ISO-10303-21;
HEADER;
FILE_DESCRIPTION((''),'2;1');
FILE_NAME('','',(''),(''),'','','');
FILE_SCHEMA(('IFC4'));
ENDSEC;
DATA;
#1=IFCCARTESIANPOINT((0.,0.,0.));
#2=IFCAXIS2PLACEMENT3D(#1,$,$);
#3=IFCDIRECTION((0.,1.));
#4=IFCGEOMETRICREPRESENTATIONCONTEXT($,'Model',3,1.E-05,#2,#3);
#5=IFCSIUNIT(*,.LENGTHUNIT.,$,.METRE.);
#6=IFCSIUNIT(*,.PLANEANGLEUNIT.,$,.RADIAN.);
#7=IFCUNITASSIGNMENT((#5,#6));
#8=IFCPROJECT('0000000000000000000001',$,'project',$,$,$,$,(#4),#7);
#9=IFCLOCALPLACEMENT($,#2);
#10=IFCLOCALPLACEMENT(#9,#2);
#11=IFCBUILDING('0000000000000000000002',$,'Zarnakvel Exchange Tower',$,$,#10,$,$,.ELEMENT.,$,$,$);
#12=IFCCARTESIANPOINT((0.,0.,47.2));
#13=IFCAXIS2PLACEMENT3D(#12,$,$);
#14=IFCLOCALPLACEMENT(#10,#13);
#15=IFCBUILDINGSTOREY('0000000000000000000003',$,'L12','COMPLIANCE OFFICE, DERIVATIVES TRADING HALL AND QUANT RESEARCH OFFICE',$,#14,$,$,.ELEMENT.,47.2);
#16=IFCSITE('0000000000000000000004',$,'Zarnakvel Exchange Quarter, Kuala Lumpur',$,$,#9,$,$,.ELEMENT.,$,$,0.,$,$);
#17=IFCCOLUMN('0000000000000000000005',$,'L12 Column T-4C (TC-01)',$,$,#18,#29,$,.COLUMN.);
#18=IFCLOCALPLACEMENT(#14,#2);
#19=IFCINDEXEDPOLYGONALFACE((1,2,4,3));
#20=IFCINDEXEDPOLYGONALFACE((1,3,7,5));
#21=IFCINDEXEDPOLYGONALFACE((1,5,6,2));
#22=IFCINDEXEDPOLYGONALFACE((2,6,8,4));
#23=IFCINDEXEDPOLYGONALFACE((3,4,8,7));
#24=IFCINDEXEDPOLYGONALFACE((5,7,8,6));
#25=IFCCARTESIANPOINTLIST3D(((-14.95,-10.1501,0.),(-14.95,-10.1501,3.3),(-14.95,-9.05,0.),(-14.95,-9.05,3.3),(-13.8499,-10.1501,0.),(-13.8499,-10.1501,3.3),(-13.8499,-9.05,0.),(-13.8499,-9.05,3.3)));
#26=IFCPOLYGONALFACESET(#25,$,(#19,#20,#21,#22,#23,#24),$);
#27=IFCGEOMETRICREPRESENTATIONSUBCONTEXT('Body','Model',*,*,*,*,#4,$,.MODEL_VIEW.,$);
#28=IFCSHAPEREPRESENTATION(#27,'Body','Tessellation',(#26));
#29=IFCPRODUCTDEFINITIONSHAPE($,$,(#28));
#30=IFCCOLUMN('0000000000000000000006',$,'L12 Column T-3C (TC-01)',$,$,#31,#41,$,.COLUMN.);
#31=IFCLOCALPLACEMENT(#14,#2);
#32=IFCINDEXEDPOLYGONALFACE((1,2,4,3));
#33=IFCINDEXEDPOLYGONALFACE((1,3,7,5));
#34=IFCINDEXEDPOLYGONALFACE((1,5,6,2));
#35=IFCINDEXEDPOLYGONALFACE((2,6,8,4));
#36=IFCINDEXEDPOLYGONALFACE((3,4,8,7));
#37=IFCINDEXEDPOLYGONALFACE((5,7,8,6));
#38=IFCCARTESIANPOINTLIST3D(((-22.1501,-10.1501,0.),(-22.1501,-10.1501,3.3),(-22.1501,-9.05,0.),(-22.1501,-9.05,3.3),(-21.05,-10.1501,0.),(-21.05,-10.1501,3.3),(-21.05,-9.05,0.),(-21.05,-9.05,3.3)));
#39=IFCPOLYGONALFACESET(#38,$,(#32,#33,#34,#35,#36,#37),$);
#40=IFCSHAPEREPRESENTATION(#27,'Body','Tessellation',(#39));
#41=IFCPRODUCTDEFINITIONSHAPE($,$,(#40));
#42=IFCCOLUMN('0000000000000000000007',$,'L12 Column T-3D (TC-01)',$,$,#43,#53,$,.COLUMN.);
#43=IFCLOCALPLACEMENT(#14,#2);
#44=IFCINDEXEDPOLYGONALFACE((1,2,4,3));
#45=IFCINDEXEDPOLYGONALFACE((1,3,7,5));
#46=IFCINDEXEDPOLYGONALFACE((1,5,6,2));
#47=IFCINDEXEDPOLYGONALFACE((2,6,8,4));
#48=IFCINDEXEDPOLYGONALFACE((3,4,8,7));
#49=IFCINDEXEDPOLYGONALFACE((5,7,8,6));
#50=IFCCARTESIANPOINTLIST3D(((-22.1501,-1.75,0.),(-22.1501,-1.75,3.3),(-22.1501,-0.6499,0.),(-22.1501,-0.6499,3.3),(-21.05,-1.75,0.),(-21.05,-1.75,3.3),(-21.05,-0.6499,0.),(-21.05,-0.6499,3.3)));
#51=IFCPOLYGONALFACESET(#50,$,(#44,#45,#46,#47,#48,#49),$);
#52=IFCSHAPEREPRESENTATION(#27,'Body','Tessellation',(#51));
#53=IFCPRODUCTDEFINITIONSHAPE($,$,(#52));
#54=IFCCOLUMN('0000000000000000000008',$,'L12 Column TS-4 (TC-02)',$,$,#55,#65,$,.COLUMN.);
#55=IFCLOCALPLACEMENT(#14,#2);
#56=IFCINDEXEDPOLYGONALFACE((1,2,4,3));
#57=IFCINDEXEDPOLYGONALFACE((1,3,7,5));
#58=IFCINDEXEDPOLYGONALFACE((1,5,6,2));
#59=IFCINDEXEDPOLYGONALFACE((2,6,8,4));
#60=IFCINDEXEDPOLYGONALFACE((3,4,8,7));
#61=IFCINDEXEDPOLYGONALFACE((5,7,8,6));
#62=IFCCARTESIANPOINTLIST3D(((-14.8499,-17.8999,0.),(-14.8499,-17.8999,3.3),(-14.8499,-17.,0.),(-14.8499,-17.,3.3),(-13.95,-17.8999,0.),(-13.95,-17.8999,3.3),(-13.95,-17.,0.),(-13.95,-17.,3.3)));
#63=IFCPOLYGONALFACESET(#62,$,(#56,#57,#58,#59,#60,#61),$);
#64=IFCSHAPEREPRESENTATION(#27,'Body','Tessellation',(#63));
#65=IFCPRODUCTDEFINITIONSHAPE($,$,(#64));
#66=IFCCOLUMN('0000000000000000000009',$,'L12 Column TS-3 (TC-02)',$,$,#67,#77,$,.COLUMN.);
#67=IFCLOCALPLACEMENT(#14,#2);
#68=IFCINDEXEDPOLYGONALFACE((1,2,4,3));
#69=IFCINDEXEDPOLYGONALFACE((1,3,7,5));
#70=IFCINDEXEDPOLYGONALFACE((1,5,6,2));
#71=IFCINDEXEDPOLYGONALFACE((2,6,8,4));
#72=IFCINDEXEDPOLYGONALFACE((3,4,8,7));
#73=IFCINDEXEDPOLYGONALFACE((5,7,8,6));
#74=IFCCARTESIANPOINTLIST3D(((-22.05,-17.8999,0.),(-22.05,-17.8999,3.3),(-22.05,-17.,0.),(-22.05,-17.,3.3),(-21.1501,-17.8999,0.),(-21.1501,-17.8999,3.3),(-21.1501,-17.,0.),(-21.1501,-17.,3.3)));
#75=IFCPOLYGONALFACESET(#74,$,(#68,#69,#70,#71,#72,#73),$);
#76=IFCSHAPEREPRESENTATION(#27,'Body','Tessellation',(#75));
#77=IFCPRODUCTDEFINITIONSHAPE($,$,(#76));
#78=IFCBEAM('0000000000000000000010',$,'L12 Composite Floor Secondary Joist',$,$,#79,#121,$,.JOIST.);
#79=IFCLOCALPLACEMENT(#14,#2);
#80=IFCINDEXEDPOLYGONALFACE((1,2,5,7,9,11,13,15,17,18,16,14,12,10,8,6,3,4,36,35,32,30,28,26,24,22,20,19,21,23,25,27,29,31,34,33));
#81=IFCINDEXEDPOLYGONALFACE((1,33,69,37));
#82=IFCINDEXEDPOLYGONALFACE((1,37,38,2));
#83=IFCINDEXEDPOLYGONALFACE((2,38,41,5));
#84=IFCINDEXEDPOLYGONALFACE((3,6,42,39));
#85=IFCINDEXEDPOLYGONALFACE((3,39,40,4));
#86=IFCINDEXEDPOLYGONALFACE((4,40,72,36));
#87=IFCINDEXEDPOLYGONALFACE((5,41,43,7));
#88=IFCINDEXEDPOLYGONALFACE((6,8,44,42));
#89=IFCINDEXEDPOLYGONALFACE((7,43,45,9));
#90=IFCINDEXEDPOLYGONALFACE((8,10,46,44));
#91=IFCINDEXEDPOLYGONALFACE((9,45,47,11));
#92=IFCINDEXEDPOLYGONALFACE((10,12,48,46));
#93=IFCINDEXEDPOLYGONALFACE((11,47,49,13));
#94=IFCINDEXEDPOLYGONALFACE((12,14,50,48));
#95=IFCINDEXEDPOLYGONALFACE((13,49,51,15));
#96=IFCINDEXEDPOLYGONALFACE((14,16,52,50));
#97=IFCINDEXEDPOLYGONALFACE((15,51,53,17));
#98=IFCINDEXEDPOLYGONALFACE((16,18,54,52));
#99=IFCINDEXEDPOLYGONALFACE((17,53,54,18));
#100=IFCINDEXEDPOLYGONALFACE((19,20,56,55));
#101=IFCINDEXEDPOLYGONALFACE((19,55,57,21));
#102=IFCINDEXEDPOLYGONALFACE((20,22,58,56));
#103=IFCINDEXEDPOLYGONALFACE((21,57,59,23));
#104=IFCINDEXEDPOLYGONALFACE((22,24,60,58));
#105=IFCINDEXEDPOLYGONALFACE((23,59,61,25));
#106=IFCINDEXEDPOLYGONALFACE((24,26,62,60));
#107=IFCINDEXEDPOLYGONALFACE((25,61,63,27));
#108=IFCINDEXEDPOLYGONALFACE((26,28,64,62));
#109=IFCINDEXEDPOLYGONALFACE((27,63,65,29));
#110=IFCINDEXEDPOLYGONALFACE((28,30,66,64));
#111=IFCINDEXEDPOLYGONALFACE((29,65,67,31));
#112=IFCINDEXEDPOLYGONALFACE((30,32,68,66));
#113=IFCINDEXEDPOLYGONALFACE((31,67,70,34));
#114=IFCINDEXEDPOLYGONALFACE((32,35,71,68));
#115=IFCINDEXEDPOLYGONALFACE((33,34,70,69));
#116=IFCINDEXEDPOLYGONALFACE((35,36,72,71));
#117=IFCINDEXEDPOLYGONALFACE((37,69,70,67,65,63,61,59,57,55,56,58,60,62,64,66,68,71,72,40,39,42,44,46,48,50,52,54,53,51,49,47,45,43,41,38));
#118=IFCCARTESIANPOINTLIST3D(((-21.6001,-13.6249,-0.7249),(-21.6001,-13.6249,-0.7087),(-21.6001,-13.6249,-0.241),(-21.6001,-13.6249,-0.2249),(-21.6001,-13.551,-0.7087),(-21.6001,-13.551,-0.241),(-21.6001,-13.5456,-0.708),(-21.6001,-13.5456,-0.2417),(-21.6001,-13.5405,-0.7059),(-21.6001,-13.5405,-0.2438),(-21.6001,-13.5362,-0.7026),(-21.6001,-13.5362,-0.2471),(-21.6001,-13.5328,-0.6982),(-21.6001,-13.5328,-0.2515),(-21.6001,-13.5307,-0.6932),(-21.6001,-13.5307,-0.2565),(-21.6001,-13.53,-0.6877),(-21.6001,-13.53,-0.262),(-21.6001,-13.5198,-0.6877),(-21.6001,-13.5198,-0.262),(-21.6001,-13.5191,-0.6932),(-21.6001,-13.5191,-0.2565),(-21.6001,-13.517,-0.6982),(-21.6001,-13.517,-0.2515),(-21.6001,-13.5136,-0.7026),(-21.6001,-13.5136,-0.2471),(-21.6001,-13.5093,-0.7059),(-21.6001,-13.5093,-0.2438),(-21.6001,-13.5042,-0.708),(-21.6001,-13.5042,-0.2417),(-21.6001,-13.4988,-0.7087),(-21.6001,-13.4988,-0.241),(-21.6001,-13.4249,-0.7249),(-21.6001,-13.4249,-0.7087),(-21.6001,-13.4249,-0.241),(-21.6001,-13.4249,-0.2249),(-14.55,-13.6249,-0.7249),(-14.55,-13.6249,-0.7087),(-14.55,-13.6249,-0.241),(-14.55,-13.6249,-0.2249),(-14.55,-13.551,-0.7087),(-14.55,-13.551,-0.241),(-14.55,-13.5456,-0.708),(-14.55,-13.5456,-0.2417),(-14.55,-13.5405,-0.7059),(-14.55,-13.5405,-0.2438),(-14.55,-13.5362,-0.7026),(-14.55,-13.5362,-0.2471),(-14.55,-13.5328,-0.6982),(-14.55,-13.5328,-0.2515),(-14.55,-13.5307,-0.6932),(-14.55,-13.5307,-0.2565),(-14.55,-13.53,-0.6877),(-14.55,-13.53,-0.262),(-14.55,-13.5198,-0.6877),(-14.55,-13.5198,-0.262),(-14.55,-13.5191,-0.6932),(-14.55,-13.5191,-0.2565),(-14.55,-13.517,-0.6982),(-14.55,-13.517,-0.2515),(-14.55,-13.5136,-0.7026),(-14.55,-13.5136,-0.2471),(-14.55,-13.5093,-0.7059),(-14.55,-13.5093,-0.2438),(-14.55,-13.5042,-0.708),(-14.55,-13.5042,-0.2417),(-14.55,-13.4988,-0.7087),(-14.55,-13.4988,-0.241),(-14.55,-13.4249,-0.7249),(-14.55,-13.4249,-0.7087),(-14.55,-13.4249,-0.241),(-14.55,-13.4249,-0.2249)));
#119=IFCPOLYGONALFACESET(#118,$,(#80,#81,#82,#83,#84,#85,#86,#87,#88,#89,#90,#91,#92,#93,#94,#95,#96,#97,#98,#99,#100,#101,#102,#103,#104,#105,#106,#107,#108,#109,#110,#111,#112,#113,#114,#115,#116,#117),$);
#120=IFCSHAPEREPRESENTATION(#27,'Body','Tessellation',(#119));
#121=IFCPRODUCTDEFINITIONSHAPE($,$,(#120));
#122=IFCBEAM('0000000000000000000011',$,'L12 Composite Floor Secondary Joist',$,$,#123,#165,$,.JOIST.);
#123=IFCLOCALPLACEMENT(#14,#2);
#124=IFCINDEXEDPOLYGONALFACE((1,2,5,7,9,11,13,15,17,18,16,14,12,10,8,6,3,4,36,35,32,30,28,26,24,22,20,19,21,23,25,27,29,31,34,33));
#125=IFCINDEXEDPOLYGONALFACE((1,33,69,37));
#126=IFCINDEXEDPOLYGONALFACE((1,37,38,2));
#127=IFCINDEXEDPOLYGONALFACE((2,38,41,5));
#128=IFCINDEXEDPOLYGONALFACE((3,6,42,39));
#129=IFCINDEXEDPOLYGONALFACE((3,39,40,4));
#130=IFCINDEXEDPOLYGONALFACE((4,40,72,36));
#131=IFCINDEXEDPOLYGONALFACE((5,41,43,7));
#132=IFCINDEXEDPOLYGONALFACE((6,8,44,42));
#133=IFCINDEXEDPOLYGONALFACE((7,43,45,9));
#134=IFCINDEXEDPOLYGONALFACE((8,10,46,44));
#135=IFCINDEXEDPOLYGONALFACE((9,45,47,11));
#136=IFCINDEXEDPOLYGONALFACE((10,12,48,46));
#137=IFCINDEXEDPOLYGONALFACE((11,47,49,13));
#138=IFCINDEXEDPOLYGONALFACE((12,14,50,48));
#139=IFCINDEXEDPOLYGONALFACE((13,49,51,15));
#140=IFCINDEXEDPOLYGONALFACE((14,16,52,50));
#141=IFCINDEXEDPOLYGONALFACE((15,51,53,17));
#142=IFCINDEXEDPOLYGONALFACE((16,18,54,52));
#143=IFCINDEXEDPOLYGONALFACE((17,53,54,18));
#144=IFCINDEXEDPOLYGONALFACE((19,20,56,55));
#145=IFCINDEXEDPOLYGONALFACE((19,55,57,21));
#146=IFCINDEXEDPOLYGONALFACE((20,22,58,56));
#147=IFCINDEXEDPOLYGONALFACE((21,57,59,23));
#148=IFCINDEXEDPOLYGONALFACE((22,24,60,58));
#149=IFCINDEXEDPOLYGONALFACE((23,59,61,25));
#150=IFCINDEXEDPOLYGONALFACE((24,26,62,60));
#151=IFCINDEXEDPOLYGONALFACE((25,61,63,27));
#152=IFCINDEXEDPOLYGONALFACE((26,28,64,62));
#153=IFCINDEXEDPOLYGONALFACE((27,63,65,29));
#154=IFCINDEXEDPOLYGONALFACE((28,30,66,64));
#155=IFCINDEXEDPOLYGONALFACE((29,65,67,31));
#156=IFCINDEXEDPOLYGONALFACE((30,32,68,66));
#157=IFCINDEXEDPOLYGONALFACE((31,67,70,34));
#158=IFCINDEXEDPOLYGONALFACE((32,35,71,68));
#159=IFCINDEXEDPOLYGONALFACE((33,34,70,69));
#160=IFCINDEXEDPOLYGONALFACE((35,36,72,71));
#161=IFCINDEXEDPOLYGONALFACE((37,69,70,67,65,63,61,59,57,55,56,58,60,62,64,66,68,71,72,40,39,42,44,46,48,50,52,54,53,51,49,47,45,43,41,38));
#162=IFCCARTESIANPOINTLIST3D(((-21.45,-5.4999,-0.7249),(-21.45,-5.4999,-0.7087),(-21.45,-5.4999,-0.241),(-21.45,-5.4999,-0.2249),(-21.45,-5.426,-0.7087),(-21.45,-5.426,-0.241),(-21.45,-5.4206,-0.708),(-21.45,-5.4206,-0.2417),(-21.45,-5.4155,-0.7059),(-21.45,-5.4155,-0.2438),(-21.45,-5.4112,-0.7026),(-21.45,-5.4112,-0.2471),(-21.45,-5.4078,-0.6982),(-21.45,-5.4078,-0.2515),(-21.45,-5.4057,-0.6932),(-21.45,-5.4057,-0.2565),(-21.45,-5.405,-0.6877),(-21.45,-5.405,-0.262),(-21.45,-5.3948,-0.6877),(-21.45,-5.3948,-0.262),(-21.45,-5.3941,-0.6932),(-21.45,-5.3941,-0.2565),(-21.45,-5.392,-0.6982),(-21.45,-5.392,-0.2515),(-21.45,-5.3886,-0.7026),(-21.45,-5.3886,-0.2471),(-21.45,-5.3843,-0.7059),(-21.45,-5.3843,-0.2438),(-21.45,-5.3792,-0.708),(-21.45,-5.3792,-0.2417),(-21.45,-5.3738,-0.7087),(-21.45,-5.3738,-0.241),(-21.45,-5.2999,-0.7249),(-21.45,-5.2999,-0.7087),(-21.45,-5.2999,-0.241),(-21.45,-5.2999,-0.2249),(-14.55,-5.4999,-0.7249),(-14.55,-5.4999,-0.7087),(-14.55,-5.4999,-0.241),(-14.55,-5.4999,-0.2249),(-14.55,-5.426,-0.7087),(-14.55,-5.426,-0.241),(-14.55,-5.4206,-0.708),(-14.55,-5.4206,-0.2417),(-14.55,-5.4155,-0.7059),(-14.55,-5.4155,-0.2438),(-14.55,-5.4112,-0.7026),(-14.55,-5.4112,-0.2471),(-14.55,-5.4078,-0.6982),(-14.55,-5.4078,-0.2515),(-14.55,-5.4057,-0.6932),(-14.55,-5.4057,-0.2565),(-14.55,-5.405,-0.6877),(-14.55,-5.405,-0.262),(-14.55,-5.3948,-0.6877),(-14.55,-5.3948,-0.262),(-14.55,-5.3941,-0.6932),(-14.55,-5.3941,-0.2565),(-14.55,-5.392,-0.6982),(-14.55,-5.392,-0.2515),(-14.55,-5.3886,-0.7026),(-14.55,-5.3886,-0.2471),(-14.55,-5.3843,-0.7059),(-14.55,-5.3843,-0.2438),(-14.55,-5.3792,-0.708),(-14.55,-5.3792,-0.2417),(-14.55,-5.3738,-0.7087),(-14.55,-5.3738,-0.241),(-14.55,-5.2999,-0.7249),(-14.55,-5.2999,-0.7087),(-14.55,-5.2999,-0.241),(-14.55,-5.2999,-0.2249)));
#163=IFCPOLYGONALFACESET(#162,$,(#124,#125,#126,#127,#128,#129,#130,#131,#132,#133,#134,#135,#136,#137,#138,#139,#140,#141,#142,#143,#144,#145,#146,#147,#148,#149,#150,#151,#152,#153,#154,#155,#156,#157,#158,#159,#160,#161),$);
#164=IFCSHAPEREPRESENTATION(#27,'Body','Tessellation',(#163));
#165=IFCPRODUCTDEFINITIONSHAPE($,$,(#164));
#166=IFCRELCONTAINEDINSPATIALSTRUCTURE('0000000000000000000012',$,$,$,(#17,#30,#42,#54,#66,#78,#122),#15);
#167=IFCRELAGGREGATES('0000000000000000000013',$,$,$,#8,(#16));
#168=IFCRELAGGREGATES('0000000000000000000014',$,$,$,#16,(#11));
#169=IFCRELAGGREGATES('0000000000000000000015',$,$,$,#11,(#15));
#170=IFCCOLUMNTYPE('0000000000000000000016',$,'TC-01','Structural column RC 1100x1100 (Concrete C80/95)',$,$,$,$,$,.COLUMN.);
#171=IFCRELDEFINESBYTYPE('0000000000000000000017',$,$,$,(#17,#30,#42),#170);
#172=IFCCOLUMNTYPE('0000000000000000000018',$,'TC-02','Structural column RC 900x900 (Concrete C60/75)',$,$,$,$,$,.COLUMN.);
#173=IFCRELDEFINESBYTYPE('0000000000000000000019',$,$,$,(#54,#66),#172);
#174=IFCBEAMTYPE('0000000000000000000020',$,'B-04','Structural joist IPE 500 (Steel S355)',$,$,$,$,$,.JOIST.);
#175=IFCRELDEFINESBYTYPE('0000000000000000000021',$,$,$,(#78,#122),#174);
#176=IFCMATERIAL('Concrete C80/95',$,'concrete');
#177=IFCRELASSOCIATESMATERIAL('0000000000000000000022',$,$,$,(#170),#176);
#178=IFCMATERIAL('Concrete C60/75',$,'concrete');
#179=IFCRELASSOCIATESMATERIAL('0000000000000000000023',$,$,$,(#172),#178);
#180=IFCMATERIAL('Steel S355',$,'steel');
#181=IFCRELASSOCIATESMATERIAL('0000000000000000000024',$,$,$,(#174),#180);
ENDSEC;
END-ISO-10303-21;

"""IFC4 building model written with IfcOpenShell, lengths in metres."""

from ifc_helpers import new_model, si_unit, direction, frame, origin, origin_2d, place, context, subcontext, project, spatial, rectangle, i_section, extrude, material, material_profile, profile_set, type_object, element, save


model = new_model("IFC4")

# Units and contexts
model_context = context("Model", 3, precision=1e-05, world=origin(), true_north=direction((0.0, 1.0)))
body_context = subcontext(model_context, "Body", "Model", "MODEL_VIEW")
ifc_project = project(units=[si_unit("LENGTHUNIT", "METRE"), si_unit("PLANEANGLEUNIT", "RADIAN")], contexts=[model_context])

# Site, building, storey
site_placement = place(None, origin())
site = spatial("IfcSite", under=ifc_project, at=site_placement, Name="Zarnakvel Exchange Quarter, Kuala Lumpur", CompositionType="ELEMENT", RefElevation=0.0)
building_placement = place(site_placement, origin())
building = spatial("IfcBuilding", under=site, at=building_placement, Name="Zarnakvel Exchange Tower", CompositionType="ELEMENT")
storey_placement = place(building_placement, frame((0.0, 0.0, 47.2)))
storey = spatial("IfcBuildingStorey", under=building, at=storey_placement, Name="L12", Description="COMPLIANCE OFFICE, DERIVATIVES TRADING HALL AND QUANT RESEARCH OFFICE", CompositionType="ELEMENT", Elevation=47.2)

# Columns
ifc_material_1 = material(Name="Concrete C80/95", Category="concrete")
ifc_material_profile_1 = material_profile(ifc_material_1, rectangle(XDim=1.1001, YDim=1.1001, at=origin_2d()))
ifc_profile_set_1 = profile_set([ifc_material_profile_1], Name="Concrete C80/95")
column_type_1 = type_object("IfcColumnType", Name="TC-01", Description="Structural column RC 1100x1100 (Concrete C80/95)", PredefinedType="COLUMN", material=ifc_profile_set_1)
for number, where, z_axis, x_axis, name in (
    (1, (-14.3999, -9.6001, 0.0), (0.0, 0.0, 1.0), (1.0, 0.0, 0.0), "L12 Column T-4C (TC-01)"),
    (2, (-21.6001, -9.6001, 0.0), (0.0, 0.0, 1.0), (1.0, 0.0, 0.0), "L12 Column T-3C (TC-01)"),
    (3, (-21.6001, -1.2, 0.0), (0.0, 0.0, 1.0), (1.0, 0.0, 0.0), "L12 Column T-3D (TC-01)"),
):
    element("IfcColumn", number, at=place(storey_placement, frame(where, z_axis=z_axis, x_axis=x_axis)), inside=storey, type_object=column_type_1, Name=name, PredefinedType="COLUMN", context=body_context, shape_type="SweptSolid", body=[
        extrude(rectangle(XDim=1.1001, YDim=1.1001, at=origin_2d()), origin(), (0.0, 0.0, 1.0), 3.3),
    ])
ifc_material_2 = material(Name="Concrete C60/75", Category="concrete")
ifc_material_profile_2 = material_profile(ifc_material_2, rectangle(XDim=0.8999, YDim=0.8999, at=origin_2d()))
ifc_profile_set_2 = profile_set([ifc_material_profile_2], Name="Concrete C60/75")
column_type_2 = type_object("IfcColumnType", Name="TC-02", Description="Structural column RC 900x900 (Concrete C60/75)", PredefinedType="COLUMN", material=ifc_profile_set_2)
for number, where, z_axis, x_axis, name in (
    (4, (-14.3999, -17.45, 0.0), (0.0, 0.0, 1.0), (1.0, 0.0, 0.0), "L12 Column TS-4 (TC-02)"),
    (5, (-21.6001, -17.45, 0.0), (0.0, 0.0, 1.0), (1.0, 0.0, 0.0), "L12 Column TS-3 (TC-02)"),
):
    element("IfcColumn", number, at=place(storey_placement, frame(where, z_axis=z_axis, x_axis=x_axis)), inside=storey, type_object=column_type_2, Name=name, PredefinedType="COLUMN", context=body_context, shape_type="SweptSolid", body=[
        extrude(rectangle(XDim=0.8999, YDim=0.8999, at=origin_2d()), origin(), (0.0, 0.0, 1.0), 3.3),
    ])

# Beams
ifc_material_3 = material(Name="Steel S355", Category="steel")
ifc_material_profile_3 = material_profile(ifc_material_3, i_section(OverallWidth=0.2, OverallDepth=0.5, WebThickness=0.0103, FlangeThickness=0.0161, FilletRadius=0.021, at=origin_2d()))
ifc_profile_set_3 = profile_set([ifc_material_profile_3], Name="Steel S355")
beam_type_1 = type_object("IfcBeamType", Name="B-04", Description="Structural joist IPE 500 (Steel S355)", PredefinedType="JOIST", material=ifc_profile_set_3)
beam_1_placement = place(storey_placement, frame((-21.6001, -13.5249, -0.4749), z_axis=(1.0, 0.0, 0.0), x_axis=(0.0, 1.0, 0.0)))
element("IfcBeam", 6, at=beam_1_placement, inside=storey, type_object=beam_type_1, Name="L12 Composite Floor Secondary Joist", PredefinedType="JOIST", context=body_context, shape_type="SweptSolid", body=[
    extrude(i_section(OverallWidth=0.2, OverallDepth=0.5, WebThickness=0.0103, FlangeThickness=0.0161, FilletRadius=0.021, at=origin_2d()), origin(), (0.0, 0.0, 1.0), 7.05),
])
beam_2_placement = place(storey_placement, frame((-21.45, -5.3999, -0.4749), z_axis=(1.0, 0.0, 0.0), x_axis=(0.0, 1.0, 0.0)))
element("IfcBeam", 7, at=beam_2_placement, inside=storey, type_object=beam_type_1, Name="L12 Composite Floor Secondary Joist", PredefinedType="JOIST", context=body_context, shape_type="SweptSolid", body=[
    extrude(i_section(OverallWidth=0.2, OverallDepth=0.5, WebThickness=0.0103, FlangeThickness=0.0161, FilletRadius=0.021, at=origin_2d()), origin(), (0.0, 0.0, 1.0), 6.8999),
])

save(model, "model.ifc")
